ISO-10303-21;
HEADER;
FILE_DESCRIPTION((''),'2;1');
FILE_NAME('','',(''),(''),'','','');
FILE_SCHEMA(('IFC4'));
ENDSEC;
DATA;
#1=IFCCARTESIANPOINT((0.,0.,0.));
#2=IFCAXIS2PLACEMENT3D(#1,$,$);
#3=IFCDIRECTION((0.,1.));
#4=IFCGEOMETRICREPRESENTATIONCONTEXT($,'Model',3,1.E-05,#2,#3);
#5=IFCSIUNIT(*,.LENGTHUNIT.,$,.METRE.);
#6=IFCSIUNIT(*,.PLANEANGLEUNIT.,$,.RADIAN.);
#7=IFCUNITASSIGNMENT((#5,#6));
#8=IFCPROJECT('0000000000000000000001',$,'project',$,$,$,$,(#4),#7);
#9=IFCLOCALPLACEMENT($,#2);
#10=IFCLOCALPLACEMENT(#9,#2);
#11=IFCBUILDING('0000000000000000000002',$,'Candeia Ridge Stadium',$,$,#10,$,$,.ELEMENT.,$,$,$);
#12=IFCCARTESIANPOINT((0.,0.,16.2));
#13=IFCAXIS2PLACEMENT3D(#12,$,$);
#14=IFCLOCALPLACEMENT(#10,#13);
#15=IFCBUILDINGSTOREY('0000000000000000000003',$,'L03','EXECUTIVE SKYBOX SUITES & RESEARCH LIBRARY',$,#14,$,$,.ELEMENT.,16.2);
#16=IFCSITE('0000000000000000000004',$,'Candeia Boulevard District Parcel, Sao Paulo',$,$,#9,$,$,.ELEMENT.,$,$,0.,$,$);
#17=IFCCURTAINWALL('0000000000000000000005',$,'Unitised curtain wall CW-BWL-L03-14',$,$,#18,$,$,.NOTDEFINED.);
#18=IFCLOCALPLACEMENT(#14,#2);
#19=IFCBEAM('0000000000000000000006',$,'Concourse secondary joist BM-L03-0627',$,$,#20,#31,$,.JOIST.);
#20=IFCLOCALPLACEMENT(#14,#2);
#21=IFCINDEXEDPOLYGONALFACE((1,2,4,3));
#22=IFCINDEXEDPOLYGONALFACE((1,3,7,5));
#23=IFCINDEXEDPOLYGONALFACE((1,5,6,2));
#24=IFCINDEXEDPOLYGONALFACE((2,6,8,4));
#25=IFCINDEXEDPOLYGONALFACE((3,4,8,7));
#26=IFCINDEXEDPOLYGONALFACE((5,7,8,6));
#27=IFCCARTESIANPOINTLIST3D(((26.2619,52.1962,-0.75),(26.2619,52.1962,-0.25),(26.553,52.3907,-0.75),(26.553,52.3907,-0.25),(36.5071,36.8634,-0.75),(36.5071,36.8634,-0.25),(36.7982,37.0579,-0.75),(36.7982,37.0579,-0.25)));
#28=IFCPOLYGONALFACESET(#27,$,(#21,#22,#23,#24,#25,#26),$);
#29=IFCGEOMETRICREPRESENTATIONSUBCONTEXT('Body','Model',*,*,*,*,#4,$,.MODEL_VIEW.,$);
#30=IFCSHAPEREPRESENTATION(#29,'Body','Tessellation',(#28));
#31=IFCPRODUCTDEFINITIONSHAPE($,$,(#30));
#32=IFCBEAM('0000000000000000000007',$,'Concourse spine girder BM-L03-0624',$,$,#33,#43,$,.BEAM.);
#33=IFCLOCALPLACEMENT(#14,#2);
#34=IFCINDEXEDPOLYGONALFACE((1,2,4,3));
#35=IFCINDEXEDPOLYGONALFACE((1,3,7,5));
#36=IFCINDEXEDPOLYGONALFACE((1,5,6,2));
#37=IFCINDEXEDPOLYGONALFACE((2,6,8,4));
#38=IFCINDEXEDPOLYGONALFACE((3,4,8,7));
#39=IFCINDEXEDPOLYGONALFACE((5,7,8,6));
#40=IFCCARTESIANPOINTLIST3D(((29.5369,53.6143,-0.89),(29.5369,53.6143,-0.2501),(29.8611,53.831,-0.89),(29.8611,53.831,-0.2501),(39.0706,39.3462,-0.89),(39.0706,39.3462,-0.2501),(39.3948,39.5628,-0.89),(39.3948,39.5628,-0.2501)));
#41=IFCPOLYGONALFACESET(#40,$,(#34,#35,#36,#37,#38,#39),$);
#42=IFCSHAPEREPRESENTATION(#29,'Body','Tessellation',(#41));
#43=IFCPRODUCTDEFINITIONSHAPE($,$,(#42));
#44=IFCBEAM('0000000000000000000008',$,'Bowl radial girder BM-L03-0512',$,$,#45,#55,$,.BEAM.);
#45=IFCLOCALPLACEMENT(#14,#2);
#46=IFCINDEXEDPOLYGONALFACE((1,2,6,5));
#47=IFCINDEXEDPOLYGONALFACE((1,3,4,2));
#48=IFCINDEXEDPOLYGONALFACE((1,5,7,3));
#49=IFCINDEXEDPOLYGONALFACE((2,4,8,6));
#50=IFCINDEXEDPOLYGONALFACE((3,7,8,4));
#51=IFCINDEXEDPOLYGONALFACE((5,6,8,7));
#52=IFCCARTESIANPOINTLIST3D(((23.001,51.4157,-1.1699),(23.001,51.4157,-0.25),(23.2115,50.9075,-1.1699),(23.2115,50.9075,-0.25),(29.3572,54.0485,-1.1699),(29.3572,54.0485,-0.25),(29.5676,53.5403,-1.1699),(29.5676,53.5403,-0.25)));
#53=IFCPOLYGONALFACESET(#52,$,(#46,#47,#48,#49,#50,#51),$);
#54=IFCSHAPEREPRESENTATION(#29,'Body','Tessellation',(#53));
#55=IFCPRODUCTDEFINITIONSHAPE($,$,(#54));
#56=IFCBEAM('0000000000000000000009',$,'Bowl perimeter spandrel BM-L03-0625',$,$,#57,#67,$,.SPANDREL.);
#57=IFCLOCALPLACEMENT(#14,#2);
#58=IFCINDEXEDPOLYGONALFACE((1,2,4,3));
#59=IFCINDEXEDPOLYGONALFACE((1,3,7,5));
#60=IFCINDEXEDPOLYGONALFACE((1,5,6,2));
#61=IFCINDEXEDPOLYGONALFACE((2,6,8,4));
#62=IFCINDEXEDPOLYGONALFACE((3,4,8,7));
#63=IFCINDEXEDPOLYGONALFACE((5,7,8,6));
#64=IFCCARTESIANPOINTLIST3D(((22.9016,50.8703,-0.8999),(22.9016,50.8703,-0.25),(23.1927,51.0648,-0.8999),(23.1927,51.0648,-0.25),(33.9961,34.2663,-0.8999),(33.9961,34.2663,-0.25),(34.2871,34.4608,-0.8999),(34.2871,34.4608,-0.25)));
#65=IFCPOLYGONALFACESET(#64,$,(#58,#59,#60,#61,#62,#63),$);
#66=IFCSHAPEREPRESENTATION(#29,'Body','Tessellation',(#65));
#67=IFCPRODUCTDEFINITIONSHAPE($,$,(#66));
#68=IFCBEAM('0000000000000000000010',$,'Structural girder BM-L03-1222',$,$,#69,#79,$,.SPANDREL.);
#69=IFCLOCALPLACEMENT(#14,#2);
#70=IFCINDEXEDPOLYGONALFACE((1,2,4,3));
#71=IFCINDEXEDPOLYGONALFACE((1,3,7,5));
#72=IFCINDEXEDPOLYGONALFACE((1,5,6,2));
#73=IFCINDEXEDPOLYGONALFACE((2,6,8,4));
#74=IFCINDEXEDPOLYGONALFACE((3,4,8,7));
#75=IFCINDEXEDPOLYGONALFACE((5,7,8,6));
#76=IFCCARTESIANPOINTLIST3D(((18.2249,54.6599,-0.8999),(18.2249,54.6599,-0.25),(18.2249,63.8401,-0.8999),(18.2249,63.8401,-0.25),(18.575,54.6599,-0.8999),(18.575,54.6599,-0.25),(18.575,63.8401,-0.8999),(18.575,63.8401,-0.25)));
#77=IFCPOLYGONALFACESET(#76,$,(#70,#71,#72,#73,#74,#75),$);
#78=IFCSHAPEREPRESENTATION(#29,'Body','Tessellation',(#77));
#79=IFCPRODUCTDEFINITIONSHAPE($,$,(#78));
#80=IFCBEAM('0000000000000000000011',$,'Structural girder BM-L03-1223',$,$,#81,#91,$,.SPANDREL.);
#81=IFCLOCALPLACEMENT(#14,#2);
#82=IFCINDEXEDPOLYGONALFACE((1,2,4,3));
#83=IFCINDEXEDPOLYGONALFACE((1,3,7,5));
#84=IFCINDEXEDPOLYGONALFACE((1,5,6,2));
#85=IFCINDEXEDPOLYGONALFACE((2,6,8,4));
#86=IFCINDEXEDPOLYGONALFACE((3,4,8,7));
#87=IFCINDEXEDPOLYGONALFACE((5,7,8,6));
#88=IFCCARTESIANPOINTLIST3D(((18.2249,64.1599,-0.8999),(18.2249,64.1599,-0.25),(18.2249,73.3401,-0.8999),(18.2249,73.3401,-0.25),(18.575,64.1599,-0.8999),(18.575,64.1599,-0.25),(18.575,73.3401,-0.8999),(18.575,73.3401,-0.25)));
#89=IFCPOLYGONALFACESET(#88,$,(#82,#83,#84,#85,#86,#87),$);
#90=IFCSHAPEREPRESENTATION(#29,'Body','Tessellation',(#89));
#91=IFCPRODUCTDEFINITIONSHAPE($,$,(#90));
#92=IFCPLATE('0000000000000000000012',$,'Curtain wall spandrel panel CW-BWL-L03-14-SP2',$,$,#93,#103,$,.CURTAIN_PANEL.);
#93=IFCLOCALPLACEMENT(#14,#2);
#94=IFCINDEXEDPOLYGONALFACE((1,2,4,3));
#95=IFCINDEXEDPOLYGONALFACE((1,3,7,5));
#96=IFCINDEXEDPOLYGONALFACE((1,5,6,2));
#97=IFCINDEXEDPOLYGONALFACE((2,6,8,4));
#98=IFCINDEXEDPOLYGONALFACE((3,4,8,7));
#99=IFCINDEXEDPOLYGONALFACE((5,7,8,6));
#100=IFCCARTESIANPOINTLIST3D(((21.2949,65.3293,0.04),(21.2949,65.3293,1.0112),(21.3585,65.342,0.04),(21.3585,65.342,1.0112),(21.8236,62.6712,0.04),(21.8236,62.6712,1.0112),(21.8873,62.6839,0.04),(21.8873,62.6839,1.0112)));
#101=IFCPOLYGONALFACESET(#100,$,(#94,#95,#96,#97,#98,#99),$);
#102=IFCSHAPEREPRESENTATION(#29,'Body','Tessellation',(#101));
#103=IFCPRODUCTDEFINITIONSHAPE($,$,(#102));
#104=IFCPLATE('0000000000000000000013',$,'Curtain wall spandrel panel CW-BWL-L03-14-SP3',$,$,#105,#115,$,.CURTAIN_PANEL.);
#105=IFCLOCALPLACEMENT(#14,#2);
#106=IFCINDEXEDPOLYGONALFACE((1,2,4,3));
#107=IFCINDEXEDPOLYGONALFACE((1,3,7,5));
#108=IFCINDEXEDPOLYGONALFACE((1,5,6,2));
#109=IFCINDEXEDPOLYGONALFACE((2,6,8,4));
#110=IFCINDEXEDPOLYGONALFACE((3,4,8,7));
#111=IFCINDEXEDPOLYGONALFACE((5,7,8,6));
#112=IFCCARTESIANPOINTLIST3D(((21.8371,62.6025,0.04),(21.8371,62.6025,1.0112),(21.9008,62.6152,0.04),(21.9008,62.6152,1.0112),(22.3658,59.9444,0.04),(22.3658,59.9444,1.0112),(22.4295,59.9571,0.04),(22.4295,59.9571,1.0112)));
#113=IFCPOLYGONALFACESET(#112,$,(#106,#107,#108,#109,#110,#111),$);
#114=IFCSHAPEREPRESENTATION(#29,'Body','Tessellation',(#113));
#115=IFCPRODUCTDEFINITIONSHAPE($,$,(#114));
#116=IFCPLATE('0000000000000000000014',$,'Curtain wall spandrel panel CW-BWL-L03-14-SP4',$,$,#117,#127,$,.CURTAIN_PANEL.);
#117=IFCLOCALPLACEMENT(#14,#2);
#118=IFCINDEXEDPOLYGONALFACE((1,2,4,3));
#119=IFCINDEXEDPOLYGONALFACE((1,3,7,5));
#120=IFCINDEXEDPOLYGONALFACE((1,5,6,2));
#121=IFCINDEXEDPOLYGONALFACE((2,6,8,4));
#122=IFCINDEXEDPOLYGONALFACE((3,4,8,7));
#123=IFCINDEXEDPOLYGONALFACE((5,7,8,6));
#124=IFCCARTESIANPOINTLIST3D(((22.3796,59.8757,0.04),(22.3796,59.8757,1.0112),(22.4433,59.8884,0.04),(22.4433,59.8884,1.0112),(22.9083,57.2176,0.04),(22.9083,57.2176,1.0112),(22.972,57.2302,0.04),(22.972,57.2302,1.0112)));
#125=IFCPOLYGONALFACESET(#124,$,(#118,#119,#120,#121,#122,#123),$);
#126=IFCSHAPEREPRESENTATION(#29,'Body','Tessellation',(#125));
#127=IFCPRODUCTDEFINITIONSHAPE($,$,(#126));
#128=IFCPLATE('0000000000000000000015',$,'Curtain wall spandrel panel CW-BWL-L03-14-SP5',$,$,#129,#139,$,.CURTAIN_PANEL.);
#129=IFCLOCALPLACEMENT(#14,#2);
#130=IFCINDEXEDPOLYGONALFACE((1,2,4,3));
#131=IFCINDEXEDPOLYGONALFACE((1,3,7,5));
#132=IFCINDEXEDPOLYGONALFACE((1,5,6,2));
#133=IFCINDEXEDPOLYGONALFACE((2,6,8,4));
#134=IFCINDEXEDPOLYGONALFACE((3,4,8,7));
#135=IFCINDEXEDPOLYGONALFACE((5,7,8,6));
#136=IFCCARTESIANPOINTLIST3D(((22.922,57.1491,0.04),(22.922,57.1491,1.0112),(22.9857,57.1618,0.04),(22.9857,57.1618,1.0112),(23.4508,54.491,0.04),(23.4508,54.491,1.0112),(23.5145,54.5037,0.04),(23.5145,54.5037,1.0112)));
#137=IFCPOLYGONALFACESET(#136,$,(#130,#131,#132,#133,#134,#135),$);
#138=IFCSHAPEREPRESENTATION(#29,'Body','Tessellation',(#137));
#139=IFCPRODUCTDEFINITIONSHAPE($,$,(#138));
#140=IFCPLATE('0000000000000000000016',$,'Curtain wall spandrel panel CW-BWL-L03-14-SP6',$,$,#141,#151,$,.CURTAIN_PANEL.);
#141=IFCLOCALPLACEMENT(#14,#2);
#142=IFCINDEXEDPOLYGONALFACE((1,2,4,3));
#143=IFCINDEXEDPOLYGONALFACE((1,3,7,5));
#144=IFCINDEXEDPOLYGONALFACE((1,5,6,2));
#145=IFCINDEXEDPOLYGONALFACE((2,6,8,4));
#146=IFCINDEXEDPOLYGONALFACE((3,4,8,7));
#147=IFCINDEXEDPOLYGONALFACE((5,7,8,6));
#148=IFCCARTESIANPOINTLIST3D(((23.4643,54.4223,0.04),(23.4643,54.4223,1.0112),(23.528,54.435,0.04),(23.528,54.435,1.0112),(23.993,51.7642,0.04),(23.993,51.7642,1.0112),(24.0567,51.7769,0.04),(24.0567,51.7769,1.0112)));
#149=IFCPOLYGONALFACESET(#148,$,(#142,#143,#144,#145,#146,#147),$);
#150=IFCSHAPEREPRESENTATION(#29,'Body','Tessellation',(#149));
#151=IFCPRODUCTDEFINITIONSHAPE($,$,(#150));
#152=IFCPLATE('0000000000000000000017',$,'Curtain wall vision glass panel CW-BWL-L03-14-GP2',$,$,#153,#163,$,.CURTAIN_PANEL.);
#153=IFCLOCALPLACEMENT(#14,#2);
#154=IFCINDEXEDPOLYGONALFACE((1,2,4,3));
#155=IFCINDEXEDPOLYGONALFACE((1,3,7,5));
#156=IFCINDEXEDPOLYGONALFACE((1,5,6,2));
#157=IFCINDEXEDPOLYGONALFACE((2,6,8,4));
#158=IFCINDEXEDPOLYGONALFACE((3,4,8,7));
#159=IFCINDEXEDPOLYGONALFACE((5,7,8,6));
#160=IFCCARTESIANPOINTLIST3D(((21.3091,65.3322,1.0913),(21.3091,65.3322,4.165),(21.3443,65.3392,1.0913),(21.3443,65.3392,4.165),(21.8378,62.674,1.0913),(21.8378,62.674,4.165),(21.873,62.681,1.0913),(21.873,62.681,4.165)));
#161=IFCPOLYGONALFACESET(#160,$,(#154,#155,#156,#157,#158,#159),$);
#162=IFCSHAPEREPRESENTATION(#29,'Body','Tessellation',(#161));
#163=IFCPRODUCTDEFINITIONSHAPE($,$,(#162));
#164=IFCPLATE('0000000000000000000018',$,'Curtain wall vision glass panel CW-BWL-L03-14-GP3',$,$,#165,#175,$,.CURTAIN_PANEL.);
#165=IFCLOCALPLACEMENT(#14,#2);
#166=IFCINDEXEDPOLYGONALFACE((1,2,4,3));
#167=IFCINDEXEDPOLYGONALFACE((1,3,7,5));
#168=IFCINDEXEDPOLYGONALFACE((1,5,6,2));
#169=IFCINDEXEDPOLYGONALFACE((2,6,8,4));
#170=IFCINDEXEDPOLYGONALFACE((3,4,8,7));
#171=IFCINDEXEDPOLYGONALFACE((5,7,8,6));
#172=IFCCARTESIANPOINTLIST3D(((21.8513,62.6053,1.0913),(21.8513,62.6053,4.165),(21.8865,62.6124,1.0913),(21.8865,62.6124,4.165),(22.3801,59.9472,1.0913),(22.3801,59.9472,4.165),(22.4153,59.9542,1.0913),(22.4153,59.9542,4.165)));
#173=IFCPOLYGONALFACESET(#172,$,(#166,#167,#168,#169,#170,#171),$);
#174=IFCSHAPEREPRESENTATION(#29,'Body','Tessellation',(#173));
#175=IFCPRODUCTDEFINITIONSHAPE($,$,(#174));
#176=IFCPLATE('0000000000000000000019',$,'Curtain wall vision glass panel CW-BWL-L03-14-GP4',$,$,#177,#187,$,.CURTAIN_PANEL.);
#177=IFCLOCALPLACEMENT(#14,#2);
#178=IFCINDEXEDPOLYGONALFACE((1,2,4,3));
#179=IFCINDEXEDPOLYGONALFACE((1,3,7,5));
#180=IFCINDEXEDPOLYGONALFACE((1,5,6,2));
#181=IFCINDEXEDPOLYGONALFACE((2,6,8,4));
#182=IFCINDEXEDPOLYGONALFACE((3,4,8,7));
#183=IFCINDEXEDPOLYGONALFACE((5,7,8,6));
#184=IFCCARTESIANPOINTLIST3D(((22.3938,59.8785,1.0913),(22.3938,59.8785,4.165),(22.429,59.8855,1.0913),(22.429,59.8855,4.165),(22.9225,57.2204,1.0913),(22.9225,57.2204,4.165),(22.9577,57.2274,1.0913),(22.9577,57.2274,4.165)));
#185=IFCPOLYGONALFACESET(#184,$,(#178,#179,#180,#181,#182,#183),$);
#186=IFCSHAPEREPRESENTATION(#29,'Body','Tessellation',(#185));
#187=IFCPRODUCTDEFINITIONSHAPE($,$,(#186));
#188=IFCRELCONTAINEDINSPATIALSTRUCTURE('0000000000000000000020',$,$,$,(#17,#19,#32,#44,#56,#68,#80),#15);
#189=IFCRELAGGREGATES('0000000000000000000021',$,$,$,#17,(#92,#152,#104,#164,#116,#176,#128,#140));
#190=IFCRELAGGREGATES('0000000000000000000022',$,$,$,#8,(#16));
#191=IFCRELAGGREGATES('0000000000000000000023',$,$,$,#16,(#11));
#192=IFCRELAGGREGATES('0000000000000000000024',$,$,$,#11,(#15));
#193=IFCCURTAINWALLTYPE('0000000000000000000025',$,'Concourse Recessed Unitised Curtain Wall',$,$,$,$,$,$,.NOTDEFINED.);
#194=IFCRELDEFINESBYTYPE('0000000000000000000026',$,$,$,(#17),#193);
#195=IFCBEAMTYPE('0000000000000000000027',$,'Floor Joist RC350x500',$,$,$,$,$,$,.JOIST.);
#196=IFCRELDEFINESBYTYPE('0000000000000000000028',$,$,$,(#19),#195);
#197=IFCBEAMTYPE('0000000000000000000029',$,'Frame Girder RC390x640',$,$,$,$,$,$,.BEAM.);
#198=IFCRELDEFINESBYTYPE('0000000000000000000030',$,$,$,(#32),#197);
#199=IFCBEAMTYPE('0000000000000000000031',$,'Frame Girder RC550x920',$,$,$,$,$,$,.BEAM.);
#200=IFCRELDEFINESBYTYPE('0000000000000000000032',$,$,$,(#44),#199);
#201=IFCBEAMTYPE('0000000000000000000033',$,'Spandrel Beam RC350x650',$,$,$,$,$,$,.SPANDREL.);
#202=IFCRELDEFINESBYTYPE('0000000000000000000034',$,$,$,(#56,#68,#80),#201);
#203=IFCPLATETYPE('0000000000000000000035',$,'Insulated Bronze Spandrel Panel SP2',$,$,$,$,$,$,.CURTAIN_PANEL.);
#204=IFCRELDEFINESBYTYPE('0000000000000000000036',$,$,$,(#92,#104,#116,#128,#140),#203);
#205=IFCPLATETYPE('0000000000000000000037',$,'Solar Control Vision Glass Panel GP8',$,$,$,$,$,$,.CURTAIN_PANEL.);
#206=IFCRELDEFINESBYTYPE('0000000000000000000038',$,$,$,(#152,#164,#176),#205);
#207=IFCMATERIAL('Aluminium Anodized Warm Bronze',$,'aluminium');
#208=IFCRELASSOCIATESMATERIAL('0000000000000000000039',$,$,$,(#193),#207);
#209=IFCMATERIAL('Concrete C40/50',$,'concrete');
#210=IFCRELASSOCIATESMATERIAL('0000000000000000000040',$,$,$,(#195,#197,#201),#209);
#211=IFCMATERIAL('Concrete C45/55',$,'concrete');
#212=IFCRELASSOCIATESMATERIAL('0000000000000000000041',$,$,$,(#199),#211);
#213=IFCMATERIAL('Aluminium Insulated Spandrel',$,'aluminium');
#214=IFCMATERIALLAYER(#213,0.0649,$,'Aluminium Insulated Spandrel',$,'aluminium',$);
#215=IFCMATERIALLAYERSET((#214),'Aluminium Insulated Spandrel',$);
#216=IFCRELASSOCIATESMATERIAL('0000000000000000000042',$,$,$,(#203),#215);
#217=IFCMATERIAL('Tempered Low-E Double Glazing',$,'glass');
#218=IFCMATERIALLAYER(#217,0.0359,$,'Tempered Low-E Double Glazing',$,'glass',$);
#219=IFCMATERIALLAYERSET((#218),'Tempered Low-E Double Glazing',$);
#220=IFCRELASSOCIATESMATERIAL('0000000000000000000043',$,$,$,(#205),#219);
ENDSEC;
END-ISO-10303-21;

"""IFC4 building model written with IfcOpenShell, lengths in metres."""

from ifc_helpers import new_model, si_unit, direction, frame, origin, origin_2d, place, context, subcontext, project, spatial, rectangle, extrude, material, layer, layer_set, material_profile, profile_set, type_object, element, aggregate, save


model = new_model("IFC4")

# Units and contexts
model_context = context("Model", 3, precision=1e-05, world=origin(), true_north=direction((0.0, 1.0)))
body_context = subcontext(model_context, "Body", "Model", "MODEL_VIEW")
ifc_project = project(units=[si_unit("LENGTHUNIT", "METRE"), si_unit("PLANEANGLEUNIT", "RADIAN")], contexts=[model_context])

# Site, building, storey
site_placement = place(None, origin())
site = spatial("IfcSite", under=ifc_project, at=site_placement, Name="Candeia Boulevard District Parcel, Sao Paulo", CompositionType="ELEMENT", RefElevation=0.0)
building_placement = place(site_placement, origin())
building = spatial("IfcBuilding", under=site, at=building_placement, Name="Candeia Ridge Stadium", CompositionType="ELEMENT")
storey_placement = place(building_placement, frame((0.0, 0.0, 16.2)))
storey = spatial("IfcBuildingStorey", under=building, at=storey_placement, Name="L03", Description="EXECUTIVE SKYBOX SUITES & RESEARCH LIBRARY", CompositionType="ELEMENT", Elevation=16.2)

# Shared definitions
ifc_material_1 = material(Name="Concrete C40/50", Category="concrete")

# Curtain wall
ifc_material_2 = material(Name="Aluminium Anodized Warm Bronze", Category="aluminium")
curtain_wall_type = type_object("IfcCurtainWallType", Name="Concourse Recessed Unitised Curtain Wall", PredefinedType="NOTDEFINED", material=ifc_material_2)
curtain_wall_1_placement = place(storey_placement, origin())
curtain_wall_1 = element("IfcCurtainWall", 1, at=curtain_wall_1_placement, inside=storey, type_object=curtain_wall_type, Name="Unitised curtain wall CW-BWL-L03-14", PredefinedType="NOTDEFINED")

# Beams
ifc_material_profile_1 = material_profile(ifc_material_1, rectangle(XDim=0.3501, YDim=0.5, at=origin_2d()), Name="RC350x500", Category="concrete")
ifc_profile_set_1 = profile_set([ifc_material_profile_1], Name="Concrete C40/50")
beam_type_1 = type_object("IfcBeamType", Name="Floor Joist RC350x500", PredefinedType="JOIST", material=ifc_profile_set_1)
beam_1_placement = place(storey_placement, frame((26.4075, 52.2935, -0.5), z_axis=(0.555574, -0.831467, 0.0), x_axis=(0.831467, 0.555574, 0.0)))
element("IfcBeam", 2, at=beam_1_placement, inside=storey, type_object=beam_type_1, Name="Concourse secondary joist BM-L03-0627", PredefinedType="JOIST", context=body_context, shape_type="SweptSolid", body=[
    extrude(rectangle(XDim=0.3501, YDim=0.5, at=origin_2d()), origin(), (0.0, 0.0, 1.0), 18.4407),
])
ifc_material_profile_2 = material_profile(ifc_material_1, rectangle(XDim=0.3899, YDim=0.6399, at=origin_2d()), Name="RC390x640", Category="concrete")
ifc_profile_set_2 = profile_set([ifc_material_profile_2], Name="Concrete C40/50")
beam_type_2 = type_object("IfcBeamType", Name="Frame Girder RC390x640", PredefinedType="BEAM", material=ifc_profile_set_2)
beam_2_placement = place(storey_placement, frame((29.699, 53.7227, -0.5701), z_axis=(0.555573, -0.831468, 0.0), x_axis=(0.831468, 0.555573, 0.0)))
element("IfcBeam", 3, at=beam_2_placement, inside=storey, type_object=beam_type_2, Name="Concourse spine girder BM-L03-0624", PredefinedType="BEAM", context=body_context, shape_type="SweptSolid", body=[
    extrude(rectangle(XDim=0.3899, YDim=0.6399, at=origin_2d()), origin(), (0.0, 0.0, 1.0), 17.1602),
])
ifc_material_3 = material(Name="Concrete C45/55", Category="concrete")
ifc_material_profile_3 = material_profile(ifc_material_3, rectangle(XDim=0.55, YDim=0.9199, at=origin_2d()), Name="RC550x920", Category="concrete")
ifc_profile_set_3 = profile_set([ifc_material_profile_3], Name="Concrete C45/55")
beam_type_3 = type_object("IfcBeamType", Name="Frame Girder RC550x920", PredefinedType="BEAM", material=ifc_profile_set_3)
beam_3_placement = place(storey_placement, frame((29.4624, 53.7944, -0.71), z_axis=(-0.92388, -0.382682, 0.0), x_axis=(0.382682, -0.92388, 0.0)))
element("IfcBeam", 4, at=beam_3_placement, inside=storey, type_object=beam_type_3, Name="Bowl radial girder BM-L03-0512", PredefinedType="BEAM", context=body_context, shape_type="SweptSolid", body=[
    extrude(rectangle(XDim=0.55, YDim=0.9199, at=origin_2d()), origin(), (0.0, 0.0, 1.0), 6.8799),
])
ifc_material_profile_4 = material_profile(ifc_material_1, rectangle(XDim=0.3501, YDim=0.6499, at=origin_2d()), Name="RC350x650", Category="concrete")
ifc_profile_set_4 = profile_set([ifc_material_profile_4], Name="Concrete C40/50")
beam_type_4 = type_object("IfcBeamType", Name="Spandrel Beam RC350x650", PredefinedType="SPANDREL", material=ifc_profile_set_4)
beam_4_placement = place(storey_placement, frame((23.0471, 50.9675, -0.575), z_axis=(0.555572, -0.831469, 0.0), x_axis=(0.831469, 0.555572, 0.0)))
element("IfcBeam", 5, at=beam_4_placement, inside=storey, type_object=beam_type_4, Name="Bowl perimeter spandrel BM-L03-0625", PredefinedType="SPANDREL", context=body_context, shape_type="SweptSolid", body=[
    extrude(rectangle(XDim=0.3501, YDim=0.6499, at=origin_2d()), origin(), (0.0, 0.0, 1.0), 19.9695),
])
for number, where, z_axis, x_axis, name in (
    (6, (18.3999, 54.6599, -0.575), (0.0, 1.0, 0.0), (-1.0, 0.0, 0.0), "Structural girder BM-L03-1222"),
    (7, (18.3999, 64.1599, -0.575), (0.0, 1.0, 0.0), (-1.0, 0.0, 0.0), "Structural girder BM-L03-1223"),
):
    element("IfcBeam", number, at=place(storey_placement, frame(where, z_axis=z_axis, x_axis=x_axis)), inside=storey, type_object=beam_type_4, Name=name, PredefinedType="SPANDREL", context=body_context, shape_type="SweptSolid", body=[
        extrude(rectangle(XDim=0.3501, YDim=0.6499, at=origin_2d()), origin(), (0.0, 0.0, 1.0), 9.1802),
    ])

# Plates
ifc_material_4 = material(Name="Aluminium Insulated Spandrel", Category="aluminium")
ifc_layer_1 = layer(ifc_material_4, 0.0649, Name="Aluminium Insulated Spandrel", Category="aluminium")
ifc_layer_set_1 = layer_set([ifc_layer_1], Name="Aluminium Insulated Spandrel")
plate_type_1 = type_object("IfcPlateType", Name="Insulated Bronze Spandrel Panel SP2", PredefinedType="CURTAIN_PANEL", material=ifc_layer_set_1)
plate_1_placement = place(storey_placement, frame((21.5911, 64.0066, 0.04), z_axis=(0.0, 0.0, 1.0), x_axis=(0.19509, -0.980785, 0.0)))
plate_1 = element("IfcPlate", 8, at=plate_1_placement, type_object=plate_type_1, Name="Curtain wall spandrel panel CW-BWL-L03-14-SP2", PredefinedType="CURTAIN_PANEL", context=body_context, shape_type="SweptSolid", body=[
    extrude(rectangle(XDim=2.7102, YDim=0.0649, at=origin_2d()), origin(), (0.0, 0.0, 1.0), 0.9712),
])
plate_2_placement = place(storey_placement, frame((22.1333, 61.2798, 0.04), z_axis=(0.0, 0.0, 1.0), x_axis=(0.19509, -0.980785, 0.0)))
plate_2 = element("IfcPlate", 9, at=plate_2_placement, type_object=plate_type_1, Name="Curtain wall spandrel panel CW-BWL-L03-14-SP3", PredefinedType="CURTAIN_PANEL", context=body_context, shape_type="SweptSolid", body=[
    extrude(rectangle(XDim=2.7102, YDim=0.0649, at=origin_2d()), origin(), (0.0, 0.0, 1.0), 0.9712),
])
plate_3_placement = place(storey_placement, frame((22.6758, 58.553, 0.04), z_axis=(0.0, 0.0, 1.0), x_axis=(0.19509, -0.980785, 0.0)))
plate_3 = element("IfcPlate", 10, at=plate_3_placement, type_object=plate_type_1, Name="Curtain wall spandrel panel CW-BWL-L03-14-SP4", PredefinedType="CURTAIN_PANEL", context=body_context, shape_type="SweptSolid", body=[
    extrude(rectangle(XDim=2.7102, YDim=0.0649, at=origin_2d()), origin(), (0.0, 0.0, 1.0), 0.9712),
])
plate_4_placement = place(storey_placement, frame((23.2183, 55.8264, 0.04), z_axis=(0.0, 0.0, 1.0), x_axis=(0.19509, -0.980785, 0.0)))
plate_4 = element("IfcPlate", 11, at=plate_4_placement, type_object=plate_type_1, Name="Curtain wall spandrel panel CW-BWL-L03-14-SP5", PredefinedType="CURTAIN_PANEL", context=body_context, shape_type="SweptSolid", body=[
    extrude(rectangle(XDim=2.7102, YDim=0.0649, at=origin_2d()), origin(), (0.0, 0.0, 1.0), 0.9712),
])
plate_5_placement = place(storey_placement, frame((23.7605, 53.0996, 0.04), z_axis=(0.0, 0.0, 1.0), x_axis=(0.19509, -0.980785, 0.0)))
plate_5 = element("IfcPlate", 12, at=plate_5_placement, type_object=plate_type_1, Name="Curtain wall spandrel panel CW-BWL-L03-14-SP6", PredefinedType="CURTAIN_PANEL", context=body_context, shape_type="SweptSolid", body=[
    extrude(rectangle(XDim=2.7102, YDim=0.0649, at=origin_2d()), origin(), (0.0, 0.0, 1.0), 0.9712),
])
ifc_material_5 = material(Name="Tempered Low-E Double Glazing", Category="glass")
ifc_layer_2 = layer(ifc_material_5, 0.0359, Name="Tempered Low-E Double Glazing", Category="glass")
ifc_layer_set_2 = layer_set([ifc_layer_2], Name="Tempered Low-E Double Glazing")
plate_type_2 = type_object("IfcPlateType", Name="Solar Control Vision Glass Panel GP8", PredefinedType="CURTAIN_PANEL", material=ifc_layer_set_2)
plate_6_placement = place(storey_placement, frame((21.5911, 64.0066, 1.0913), z_axis=(0.0, 0.0, 1.0), x_axis=(0.19509, -0.980785, 0.0)))
plate_6 = element("IfcPlate", 13, at=plate_6_placement, type_object=plate_type_2, Name="Curtain wall vision glass panel CW-BWL-L03-14-GP2", PredefinedType="CURTAIN_PANEL", context=body_context, shape_type="SweptSolid", body=[
    extrude(rectangle(XDim=2.7102, YDim=0.0359, at=origin_2d()), origin(), (0.0, 0.0, 1.0), 3.0737),
])
plate_7_placement = place(storey_placement, frame((22.1333, 61.2798, 1.0913), z_axis=(0.0, 0.0, 1.0), x_axis=(0.19509, -0.980785, 0.0)))
plate_7 = element("IfcPlate", 14, at=plate_7_placement, type_object=plate_type_2, Name="Curtain wall vision glass panel CW-BWL-L03-14-GP3", PredefinedType="CURTAIN_PANEL", context=body_context, shape_type="SweptSolid", body=[
    extrude(rectangle(XDim=2.7102, YDim=0.0359, at=origin_2d()), origin(), (0.0, 0.0, 1.0), 3.0737),
])
plate_8_placement = place(storey_placement, frame((22.6758, 58.553, 1.0913), z_axis=(0.0, 0.0, 1.0), x_axis=(0.19509, -0.980785, 0.0)))
plate_8 = element("IfcPlate", 15, at=plate_8_placement, type_object=plate_type_2, Name="Curtain wall vision glass panel CW-BWL-L03-14-GP4", PredefinedType="CURTAIN_PANEL", context=body_context, shape_type="SweptSolid", body=[
    extrude(rectangle(XDim=2.7102, YDim=0.0359, at=origin_2d()), origin(), (0.0, 0.0, 1.0), 3.0737),
])
aggregate(curtain_wall_1, [plate_1, plate_6, plate_2, plate_7, plate_3, plate_8, plate_4, plate_5])

save(model, "model.ifc")
